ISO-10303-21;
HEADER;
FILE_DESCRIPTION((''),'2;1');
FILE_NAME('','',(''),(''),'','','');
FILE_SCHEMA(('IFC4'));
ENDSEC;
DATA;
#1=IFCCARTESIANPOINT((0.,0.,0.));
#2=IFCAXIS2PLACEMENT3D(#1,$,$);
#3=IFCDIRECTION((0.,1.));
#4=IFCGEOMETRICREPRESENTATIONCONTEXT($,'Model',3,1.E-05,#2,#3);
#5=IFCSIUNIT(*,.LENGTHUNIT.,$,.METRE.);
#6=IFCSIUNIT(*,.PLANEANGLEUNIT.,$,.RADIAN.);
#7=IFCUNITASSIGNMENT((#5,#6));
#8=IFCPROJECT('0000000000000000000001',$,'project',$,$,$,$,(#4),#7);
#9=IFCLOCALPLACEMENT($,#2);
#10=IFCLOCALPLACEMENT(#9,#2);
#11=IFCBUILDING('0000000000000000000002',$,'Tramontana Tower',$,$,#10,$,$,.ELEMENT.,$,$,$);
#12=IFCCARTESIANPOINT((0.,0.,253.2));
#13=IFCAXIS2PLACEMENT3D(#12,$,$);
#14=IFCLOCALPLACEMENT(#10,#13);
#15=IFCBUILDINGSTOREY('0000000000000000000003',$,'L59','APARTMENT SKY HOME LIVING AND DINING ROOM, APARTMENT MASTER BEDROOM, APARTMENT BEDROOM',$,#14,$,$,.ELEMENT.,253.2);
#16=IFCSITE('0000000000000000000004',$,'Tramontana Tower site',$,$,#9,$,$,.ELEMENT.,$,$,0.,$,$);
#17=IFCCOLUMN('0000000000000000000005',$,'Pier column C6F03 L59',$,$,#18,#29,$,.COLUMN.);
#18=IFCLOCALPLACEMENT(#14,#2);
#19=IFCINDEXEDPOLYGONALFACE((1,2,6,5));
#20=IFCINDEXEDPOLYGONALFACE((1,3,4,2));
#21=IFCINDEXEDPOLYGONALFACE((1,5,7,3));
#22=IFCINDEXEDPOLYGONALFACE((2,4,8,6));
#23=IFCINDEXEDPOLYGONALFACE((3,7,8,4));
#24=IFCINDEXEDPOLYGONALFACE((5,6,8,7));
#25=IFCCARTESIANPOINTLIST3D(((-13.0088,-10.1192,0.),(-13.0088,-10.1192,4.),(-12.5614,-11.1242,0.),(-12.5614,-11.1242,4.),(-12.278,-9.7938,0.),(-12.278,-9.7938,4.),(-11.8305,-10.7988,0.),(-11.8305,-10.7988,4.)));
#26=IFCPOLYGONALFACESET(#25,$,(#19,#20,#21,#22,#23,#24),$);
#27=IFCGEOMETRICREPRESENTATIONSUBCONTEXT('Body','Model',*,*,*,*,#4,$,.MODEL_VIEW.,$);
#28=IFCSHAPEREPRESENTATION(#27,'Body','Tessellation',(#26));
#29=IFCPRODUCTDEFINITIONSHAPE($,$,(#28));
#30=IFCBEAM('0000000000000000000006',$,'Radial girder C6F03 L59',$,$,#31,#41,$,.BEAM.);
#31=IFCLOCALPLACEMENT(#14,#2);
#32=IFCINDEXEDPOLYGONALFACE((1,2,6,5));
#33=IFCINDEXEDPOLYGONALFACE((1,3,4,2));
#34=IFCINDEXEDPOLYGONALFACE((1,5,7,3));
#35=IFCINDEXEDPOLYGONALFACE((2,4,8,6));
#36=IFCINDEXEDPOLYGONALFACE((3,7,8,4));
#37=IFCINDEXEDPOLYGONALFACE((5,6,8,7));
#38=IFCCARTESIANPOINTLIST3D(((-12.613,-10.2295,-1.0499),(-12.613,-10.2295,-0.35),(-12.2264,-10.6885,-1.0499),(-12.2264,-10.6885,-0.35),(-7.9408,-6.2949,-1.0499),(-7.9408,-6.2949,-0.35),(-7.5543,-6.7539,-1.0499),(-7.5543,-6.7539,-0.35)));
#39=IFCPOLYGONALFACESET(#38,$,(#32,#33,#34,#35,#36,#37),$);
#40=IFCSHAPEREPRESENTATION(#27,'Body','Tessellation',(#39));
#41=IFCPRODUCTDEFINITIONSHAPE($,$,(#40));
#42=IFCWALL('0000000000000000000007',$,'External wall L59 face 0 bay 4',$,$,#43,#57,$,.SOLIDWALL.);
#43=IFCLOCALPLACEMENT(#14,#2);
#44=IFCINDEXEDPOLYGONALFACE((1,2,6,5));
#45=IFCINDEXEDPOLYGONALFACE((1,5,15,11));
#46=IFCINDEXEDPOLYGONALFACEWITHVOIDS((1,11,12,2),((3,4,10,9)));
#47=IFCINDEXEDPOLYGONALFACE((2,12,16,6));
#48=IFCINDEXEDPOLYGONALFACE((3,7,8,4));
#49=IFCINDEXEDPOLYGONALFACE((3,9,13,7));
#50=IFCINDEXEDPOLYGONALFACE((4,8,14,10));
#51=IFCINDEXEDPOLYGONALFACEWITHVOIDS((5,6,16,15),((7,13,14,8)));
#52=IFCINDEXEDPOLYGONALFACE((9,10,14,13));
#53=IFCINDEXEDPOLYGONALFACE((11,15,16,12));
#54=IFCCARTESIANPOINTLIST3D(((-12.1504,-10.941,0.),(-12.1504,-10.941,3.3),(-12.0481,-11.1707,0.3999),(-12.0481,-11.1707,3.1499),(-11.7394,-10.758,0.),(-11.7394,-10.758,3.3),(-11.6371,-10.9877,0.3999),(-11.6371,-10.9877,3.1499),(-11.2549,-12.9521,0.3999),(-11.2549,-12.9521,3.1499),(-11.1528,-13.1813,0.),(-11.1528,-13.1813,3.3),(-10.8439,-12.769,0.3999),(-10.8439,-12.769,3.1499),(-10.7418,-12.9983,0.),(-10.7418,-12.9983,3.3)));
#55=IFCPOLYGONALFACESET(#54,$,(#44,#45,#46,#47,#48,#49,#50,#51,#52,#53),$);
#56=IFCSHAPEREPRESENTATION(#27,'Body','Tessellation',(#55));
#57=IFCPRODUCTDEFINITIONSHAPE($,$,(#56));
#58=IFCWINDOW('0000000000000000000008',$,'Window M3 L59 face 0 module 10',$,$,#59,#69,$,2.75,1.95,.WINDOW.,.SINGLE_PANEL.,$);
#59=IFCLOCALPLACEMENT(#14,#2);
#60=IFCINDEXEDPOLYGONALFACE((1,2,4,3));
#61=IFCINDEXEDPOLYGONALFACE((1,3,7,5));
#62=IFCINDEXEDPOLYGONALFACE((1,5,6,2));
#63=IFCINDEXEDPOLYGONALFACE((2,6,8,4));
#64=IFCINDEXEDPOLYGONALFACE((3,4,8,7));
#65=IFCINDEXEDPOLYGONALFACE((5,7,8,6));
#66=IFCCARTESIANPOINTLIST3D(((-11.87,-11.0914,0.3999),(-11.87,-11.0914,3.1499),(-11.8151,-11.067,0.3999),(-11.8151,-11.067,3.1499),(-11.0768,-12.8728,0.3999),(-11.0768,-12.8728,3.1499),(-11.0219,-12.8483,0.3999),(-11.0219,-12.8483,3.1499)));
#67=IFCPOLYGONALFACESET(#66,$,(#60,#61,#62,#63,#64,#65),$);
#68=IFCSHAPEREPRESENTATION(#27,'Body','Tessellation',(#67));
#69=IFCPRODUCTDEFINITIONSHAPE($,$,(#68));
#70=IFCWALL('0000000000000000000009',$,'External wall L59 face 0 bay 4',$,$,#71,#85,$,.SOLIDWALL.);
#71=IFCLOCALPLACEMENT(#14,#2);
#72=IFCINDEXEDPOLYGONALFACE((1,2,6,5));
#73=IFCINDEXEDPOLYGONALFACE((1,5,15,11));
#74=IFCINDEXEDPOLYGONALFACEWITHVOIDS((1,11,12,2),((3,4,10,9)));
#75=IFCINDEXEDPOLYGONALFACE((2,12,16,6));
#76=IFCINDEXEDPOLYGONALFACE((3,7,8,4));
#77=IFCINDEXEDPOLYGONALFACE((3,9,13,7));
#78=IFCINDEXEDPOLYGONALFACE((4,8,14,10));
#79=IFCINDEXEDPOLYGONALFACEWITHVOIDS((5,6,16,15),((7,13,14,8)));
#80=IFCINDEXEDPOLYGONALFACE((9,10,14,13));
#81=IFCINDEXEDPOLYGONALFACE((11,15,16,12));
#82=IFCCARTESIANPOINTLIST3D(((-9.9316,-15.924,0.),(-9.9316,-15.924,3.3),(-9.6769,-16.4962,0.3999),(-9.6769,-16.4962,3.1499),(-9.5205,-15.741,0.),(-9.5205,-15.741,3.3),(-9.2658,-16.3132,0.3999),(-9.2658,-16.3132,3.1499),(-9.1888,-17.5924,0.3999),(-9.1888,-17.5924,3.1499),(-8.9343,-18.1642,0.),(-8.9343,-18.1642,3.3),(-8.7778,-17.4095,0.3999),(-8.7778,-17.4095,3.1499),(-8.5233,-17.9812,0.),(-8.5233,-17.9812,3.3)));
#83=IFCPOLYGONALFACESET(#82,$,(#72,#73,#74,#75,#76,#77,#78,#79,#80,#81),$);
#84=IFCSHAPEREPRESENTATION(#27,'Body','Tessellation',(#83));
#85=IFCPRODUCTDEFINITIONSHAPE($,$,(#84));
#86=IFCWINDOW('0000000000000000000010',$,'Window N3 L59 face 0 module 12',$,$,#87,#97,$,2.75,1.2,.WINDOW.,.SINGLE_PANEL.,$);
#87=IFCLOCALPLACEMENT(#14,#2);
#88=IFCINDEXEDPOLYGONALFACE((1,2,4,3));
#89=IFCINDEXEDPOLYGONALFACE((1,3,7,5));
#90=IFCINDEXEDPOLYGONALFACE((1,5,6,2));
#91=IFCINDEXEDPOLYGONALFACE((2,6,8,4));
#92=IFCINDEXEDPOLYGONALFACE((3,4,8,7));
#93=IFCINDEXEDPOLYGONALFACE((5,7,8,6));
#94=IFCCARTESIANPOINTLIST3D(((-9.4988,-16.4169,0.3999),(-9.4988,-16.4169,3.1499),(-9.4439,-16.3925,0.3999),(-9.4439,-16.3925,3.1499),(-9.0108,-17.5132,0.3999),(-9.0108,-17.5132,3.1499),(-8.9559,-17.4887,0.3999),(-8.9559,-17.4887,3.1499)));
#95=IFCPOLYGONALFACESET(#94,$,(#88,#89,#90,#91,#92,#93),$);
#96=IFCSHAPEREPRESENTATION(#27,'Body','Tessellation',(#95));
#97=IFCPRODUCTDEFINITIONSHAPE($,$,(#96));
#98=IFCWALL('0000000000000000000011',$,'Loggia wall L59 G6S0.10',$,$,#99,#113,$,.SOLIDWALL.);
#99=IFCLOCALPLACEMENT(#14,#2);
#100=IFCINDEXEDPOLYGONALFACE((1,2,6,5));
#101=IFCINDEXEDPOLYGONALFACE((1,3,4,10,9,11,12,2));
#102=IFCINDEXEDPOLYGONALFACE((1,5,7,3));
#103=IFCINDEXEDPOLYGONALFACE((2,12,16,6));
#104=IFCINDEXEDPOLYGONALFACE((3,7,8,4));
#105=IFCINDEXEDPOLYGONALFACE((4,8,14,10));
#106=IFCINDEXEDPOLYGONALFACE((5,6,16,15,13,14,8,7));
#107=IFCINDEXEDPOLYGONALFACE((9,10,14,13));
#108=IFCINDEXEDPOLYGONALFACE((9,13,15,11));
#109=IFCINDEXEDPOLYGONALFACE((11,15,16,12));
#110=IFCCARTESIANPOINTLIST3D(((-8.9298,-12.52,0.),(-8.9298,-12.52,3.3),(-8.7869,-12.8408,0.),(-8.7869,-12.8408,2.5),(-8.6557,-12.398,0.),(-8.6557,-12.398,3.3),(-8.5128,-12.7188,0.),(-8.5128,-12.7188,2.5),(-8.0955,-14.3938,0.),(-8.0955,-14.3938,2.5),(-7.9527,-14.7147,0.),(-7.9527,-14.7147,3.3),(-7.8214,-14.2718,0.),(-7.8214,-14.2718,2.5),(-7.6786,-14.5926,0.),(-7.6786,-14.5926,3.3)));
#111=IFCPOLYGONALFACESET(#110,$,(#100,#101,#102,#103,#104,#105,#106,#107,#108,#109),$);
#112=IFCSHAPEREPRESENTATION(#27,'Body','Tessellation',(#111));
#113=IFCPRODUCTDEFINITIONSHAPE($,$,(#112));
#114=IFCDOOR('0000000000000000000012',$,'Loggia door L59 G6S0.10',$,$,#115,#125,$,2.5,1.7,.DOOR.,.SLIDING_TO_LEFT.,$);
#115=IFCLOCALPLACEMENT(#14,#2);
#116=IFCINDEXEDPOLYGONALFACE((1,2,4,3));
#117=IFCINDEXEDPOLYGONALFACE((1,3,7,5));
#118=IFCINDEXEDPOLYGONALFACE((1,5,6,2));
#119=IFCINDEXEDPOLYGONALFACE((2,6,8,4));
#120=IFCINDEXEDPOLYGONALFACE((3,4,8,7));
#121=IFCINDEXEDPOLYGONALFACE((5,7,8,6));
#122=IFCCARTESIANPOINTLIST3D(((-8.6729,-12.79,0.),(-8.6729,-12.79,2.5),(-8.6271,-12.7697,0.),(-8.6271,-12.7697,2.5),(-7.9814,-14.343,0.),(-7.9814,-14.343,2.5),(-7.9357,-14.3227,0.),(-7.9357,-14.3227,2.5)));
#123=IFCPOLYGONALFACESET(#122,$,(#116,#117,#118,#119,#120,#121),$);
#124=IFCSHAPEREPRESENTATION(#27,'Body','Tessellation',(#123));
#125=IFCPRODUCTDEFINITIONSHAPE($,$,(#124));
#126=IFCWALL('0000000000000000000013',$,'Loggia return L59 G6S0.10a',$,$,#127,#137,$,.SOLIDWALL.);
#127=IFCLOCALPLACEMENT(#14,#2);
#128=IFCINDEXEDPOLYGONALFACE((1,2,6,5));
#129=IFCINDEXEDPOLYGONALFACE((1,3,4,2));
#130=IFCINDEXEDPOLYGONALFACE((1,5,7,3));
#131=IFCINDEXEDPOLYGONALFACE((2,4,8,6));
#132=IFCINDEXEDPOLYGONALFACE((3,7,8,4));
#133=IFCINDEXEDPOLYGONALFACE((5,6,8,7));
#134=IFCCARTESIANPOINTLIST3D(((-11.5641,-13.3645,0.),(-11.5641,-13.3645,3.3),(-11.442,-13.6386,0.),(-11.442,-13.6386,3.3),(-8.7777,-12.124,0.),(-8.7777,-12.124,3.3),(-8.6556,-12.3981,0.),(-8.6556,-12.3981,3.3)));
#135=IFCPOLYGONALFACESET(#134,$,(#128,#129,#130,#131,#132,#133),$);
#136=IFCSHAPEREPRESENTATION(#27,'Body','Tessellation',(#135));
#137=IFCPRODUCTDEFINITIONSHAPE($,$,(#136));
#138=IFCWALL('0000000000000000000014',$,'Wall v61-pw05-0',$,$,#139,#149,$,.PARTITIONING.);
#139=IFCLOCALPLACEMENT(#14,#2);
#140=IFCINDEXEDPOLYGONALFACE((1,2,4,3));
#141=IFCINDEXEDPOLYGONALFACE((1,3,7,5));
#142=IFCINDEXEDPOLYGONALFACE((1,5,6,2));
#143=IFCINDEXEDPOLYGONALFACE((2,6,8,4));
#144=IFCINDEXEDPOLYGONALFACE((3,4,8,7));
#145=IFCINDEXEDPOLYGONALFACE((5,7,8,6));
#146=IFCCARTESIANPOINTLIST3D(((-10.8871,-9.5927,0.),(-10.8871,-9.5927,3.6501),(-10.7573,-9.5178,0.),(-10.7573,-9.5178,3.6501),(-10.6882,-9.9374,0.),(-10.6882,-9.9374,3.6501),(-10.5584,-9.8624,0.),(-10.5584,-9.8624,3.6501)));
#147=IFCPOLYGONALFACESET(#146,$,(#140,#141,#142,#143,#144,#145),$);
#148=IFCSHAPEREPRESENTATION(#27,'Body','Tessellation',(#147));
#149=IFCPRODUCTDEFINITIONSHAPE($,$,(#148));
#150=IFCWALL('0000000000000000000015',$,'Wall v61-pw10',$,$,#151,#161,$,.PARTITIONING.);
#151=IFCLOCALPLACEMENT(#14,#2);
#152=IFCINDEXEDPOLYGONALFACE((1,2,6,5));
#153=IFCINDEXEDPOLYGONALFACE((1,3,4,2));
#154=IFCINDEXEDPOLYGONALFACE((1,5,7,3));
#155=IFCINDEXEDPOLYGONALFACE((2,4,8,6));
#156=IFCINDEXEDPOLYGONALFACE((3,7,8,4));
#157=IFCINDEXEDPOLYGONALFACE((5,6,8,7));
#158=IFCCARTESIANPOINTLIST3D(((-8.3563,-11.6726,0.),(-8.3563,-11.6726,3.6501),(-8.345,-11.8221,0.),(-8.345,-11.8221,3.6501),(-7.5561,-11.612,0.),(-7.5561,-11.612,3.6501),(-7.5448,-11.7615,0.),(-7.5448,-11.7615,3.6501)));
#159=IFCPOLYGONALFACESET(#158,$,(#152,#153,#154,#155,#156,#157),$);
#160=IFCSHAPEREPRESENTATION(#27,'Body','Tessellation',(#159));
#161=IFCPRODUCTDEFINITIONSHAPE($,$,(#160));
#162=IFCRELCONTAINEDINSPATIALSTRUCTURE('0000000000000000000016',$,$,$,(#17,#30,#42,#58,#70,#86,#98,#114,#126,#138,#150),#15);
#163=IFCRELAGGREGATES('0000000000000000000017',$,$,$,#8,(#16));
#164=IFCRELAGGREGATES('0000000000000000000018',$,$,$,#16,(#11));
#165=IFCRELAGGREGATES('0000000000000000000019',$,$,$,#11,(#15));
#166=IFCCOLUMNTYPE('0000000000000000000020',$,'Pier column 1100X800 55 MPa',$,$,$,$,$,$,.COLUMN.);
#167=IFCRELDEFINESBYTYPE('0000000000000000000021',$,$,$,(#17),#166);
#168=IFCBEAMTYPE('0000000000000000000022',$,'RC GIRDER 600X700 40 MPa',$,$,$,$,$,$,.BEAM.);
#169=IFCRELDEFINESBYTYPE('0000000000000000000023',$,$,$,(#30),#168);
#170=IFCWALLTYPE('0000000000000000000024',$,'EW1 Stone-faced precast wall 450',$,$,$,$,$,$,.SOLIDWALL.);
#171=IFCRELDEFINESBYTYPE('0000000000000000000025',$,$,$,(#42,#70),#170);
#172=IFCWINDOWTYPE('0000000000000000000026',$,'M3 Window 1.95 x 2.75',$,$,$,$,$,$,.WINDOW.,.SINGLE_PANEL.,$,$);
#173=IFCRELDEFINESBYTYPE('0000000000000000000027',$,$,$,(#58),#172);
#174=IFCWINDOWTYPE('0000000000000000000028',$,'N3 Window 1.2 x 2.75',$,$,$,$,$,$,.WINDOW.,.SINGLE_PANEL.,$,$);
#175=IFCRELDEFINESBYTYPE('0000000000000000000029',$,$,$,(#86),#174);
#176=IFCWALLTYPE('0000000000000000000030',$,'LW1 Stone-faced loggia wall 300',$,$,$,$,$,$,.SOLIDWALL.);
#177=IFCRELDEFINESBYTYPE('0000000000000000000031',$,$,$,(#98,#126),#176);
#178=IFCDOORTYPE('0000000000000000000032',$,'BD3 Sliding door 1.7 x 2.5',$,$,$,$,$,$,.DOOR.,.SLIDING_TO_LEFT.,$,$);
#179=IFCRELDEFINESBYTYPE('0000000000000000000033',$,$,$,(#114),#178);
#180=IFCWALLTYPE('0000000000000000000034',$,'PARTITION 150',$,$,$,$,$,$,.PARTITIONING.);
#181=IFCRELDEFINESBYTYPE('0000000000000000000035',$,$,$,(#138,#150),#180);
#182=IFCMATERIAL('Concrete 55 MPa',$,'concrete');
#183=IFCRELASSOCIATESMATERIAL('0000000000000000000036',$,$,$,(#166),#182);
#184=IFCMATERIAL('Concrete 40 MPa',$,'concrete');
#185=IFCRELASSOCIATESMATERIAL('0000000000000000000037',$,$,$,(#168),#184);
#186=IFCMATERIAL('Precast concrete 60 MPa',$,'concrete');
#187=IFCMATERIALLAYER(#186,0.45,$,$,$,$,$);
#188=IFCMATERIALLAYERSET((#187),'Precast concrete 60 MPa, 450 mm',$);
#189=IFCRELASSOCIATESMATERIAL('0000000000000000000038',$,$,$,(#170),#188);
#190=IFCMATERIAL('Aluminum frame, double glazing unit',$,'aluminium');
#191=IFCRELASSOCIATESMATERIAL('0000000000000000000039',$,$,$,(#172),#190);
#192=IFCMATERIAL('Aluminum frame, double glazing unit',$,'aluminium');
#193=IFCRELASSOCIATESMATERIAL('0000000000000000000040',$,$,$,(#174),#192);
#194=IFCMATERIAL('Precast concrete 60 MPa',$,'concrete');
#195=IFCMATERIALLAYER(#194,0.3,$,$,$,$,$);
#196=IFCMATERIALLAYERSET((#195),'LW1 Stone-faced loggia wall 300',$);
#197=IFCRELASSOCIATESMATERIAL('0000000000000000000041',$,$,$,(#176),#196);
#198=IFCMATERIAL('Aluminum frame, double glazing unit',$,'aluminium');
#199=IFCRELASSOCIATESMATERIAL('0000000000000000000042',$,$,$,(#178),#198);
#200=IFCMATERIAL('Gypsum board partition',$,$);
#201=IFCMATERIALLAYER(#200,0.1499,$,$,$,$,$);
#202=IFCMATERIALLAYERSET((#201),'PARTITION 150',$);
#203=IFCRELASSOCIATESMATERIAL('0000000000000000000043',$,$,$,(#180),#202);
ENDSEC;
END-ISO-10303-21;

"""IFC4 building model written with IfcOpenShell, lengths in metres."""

from ifc_helpers import new_model, si_unit, direction, frame, frame_2d, origin, origin_2d, place, context, subcontext, project, spatial, rectangle, extrude, material, layer, layer_set, material_profile, profile_set, type_object, element, fill, save


model = new_model("IFC4")

# Units and contexts
model_context = context("Model", 3, precision=1e-05, world=origin(), true_north=direction((0.0, 1.0)))
body_context = subcontext(model_context, "Body", "Model", "MODEL_VIEW")
ifc_project = project(units=[si_unit("LENGTHUNIT", "METRE"), si_unit("PLANEANGLEUNIT", "RADIAN")], contexts=[model_context])

# Site, building, storey
site_placement = place(None, origin())
site = spatial("IfcSite", under=ifc_project, at=site_placement, Name="Tramontana Tower site", CompositionType="ELEMENT", RefElevation=0.0)
building_placement = place(site_placement, origin())
building = spatial("IfcBuilding", under=site, at=building_placement, Name="Tramontana Tower", CompositionType="ELEMENT")
storey_placement = place(building_placement, frame((0.0, 0.0, 253.2)))
storey = spatial("IfcBuildingStorey", under=building, at=storey_placement, Name="L59", Description="APARTMENT SKY HOME LIVING AND DINING ROOM, APARTMENT MASTER BEDROOM, APARTMENT BEDROOM", CompositionType="ELEMENT", Elevation=253.2)

# Column
ifc_material_1 = material(Name="Concrete 55 MPa", Category="concrete")
ifc_material_profile_1 = material_profile(ifc_material_1, rectangle(XDim=1.1001, YDim=0.8, at=origin_2d()), Name="Pier column 1100X800 55 MPa")
ifc_profile_set_1 = profile_set([ifc_material_profile_1], Name="Concrete 55 MPa")
column_type = type_object("IfcColumnType", Name="Pier column 1100X800 55 MPa", PredefinedType="COLUMN", material=ifc_profile_set_1)
column_placement = place(storey_placement, frame((-12.4197, -10.459, 0.0), z_axis=(0.0, 0.0, 1.0), x_axis=(0.406737, -0.913545, 0.0)))
element("IfcColumn", 1, at=column_placement, inside=storey, type_object=column_type, Name="Pier column C6F03 L59", PredefinedType="COLUMN", context=body_context, shape_type="SweptSolid", body=[
    extrude(rectangle(XDim=1.1001, YDim=0.8, at=origin_2d()), origin(), (0.0, 0.0, 1.0), 4.0),
])

# Beam
ifc_material_2 = material(Name="Concrete 40 MPa", Category="concrete")
ifc_material_profile_2 = material_profile(ifc_material_2, rectangle(XDim=0.6001, YDim=0.7, at=origin_2d()), Name="RC GIRDER 600X700 40 MPa")
ifc_profile_set_2 = profile_set([ifc_material_profile_2], Name="Concrete 40 MPa")
beam_type = type_object("IfcBeamType", Name="RC GIRDER 600X700 40 MPa", PredefinedType="BEAM", material=ifc_profile_set_2)
beam_placement = place(storey_placement, frame((-12.4197, -10.459, -0.7), z_axis=(0.764899, 0.644151, 0.0), x_axis=(-0.644151, 0.764899, 0.0)))
element("IfcBeam", 2, at=beam_placement, inside=storey, type_object=beam_type, Name="Radial girder C6F03 L59", PredefinedType="BEAM", context=body_context, shape_type="SweptSolid", body=[
    extrude(rectangle(XDim=0.6001, YDim=0.7, at=origin_2d()), origin(), (0.0, 0.0, 1.0), 6.1082),
])

# Walls, openings, windows
ifc_material_3 = material(Name="Precast concrete 60 MPa", Category="concrete")
ifc_layer_1 = layer(ifc_material_3, 0.45)
ifc_layer_set_1 = layer_set([ifc_layer_1], Name="Precast concrete 60 MPa, 450 mm")
wall_type_1 = type_object("IfcWallType", Name="EW1 Stone-faced precast wall 450", PredefinedType="SOLIDWALL", material=ifc_layer_set_1)
wall_1_placement = place(storey_placement, frame((-11.9448, -10.8496, 0.0), z_axis=(0.0, 0.0, 1.0), x_axis=(0.406785, -0.913524, 0.0)))
wall_1 = element("IfcWall", 3, at=wall_1_placement, inside=storey, type_object=wall_type_1, Name="External wall L59 face 0 bay 4", PredefinedType="SOLIDWALL", context=body_context, shape_type="SweptSolid", body=[
    extrude(rectangle(XDim=2.4524, YDim=0.45, at=frame_2d((1.2261, 0.0))), origin(), (0.0, 0.0, 1.0), 3.3),
])
opening_1_placement = place(wall_1_placement, frame((0.2512, 0.0, 0.3999)))
opening_1 = element("IfcOpeningElement", 4, at=opening_1_placement, cuts=wall_1, PredefinedType="OPENING", context=body_context, shape_type="SweptSolid", body=[
    extrude(rectangle(XDim=1.95, YDim=2.75, at=frame_2d((0.9751, 1.375))), frame((0.0, 0.2349, 0.0), z_axis=(0.0, -1.0, 0.0), x_axis=(1.0, 0.0, 0.0)), (0.0, 0.0, 1.0), 0.47),
])
ifc_material_4 = material(Name="Aluminum frame, double glazing unit", Category="aluminium")
window_type_1 = type_object("IfcWindowType", Name="M3 Window 1.95 x 2.75", PartitioningType="SINGLE_PANEL", PredefinedType="WINDOW", material=ifc_material_4)
window_1_placement = place(opening_1_placement, origin())
window_1 = element("IfcWindow", 5, at=window_1_placement, inside=storey, type_object=window_type_1, Name="Window M3 L59 face 0 module 10", OverallHeight=2.75, OverallWidth=1.95, PartitioningType="SINGLE_PANEL", PredefinedType="WINDOW", context=body_context, shape_type="SweptSolid", body=[
    extrude(rectangle(XDim=1.95, YDim=2.75, at=frame_2d((0.9751, 1.375))), frame((0.0, 0.03, 0.0), z_axis=(0.0, -1.0, 0.0), x_axis=(1.0, 0.0, 0.0)), (0.0, 0.0, 1.0), 0.0601),
])
fill(opening_1, window_1)
wall_2_placement = place(storey_placement, frame((-9.7261, -15.8325, 0.0), z_axis=(0.0, 0.0, 1.0), x_axis=(0.406702, -0.913561, 0.0)))
wall_2 = element("IfcWall", 6, at=wall_2_placement, inside=storey, type_object=wall_type_1, Name="External wall L59 face 0 bay 4", PredefinedType="SOLIDWALL", context=body_context, shape_type="SweptSolid", body=[
    extrude(rectangle(XDim=2.4521, YDim=0.45, at=frame_2d((1.2261, 0.0))), origin(), (0.0, 0.0, 1.0), 3.3),
])
opening_2_placement = place(wall_2_placement, frame((0.6262, 0.0, 0.3999)))
opening_2 = element("IfcOpeningElement", 7, at=opening_2_placement, cuts=wall_2, PredefinedType="OPENING", context=body_context, shape_type="SweptSolid", body=[
    extrude(rectangle(XDim=1.2, YDim=2.75, at=frame_2d((0.6001, 1.375))), frame((0.0, 0.2349, 0.0), z_axis=(0.0, -1.0, 0.0), x_axis=(1.0, 0.0, 0.0)), (0.0, 0.0, 1.0), 0.47),
])
ifc_material_5 = material(Name="Aluminum frame, double glazing unit", Category="aluminium")
window_type_2 = type_object("IfcWindowType", Name="N3 Window 1.2 x 2.75", PartitioningType="SINGLE_PANEL", PredefinedType="WINDOW", material=ifc_material_5)
window_2_placement = place(opening_2_placement, origin())
window_2 = element("IfcWindow", 8, at=window_2_placement, inside=storey, type_object=window_type_2, Name="Window N3 L59 face 0 module 12", OverallHeight=2.75, OverallWidth=1.2, PartitioningType="SINGLE_PANEL", PredefinedType="WINDOW", context=body_context, shape_type="SweptSolid", body=[
    extrude(rectangle(XDim=1.2, YDim=2.75, at=frame_2d((0.6001, 1.375))), frame((0.0, 0.03, 0.0), z_axis=(0.0, -1.0, 0.0), x_axis=(1.0, 0.0, 0.0)), (0.0, 0.0, 1.0), 0.0601),
])
fill(opening_2, window_2)

# Wall, opening, door
ifc_material_6 = material(Name="Precast concrete 60 MPa", Category="concrete")
ifc_layer_2 = layer(ifc_material_6, 0.3)
ifc_layer_set_2 = layer_set([ifc_layer_2], Name="LW1 Stone-faced loggia wall 300")
wall_type_2 = type_object("IfcWallType", Name="LW1 Stone-faced loggia wall 300", PredefinedType="SOLIDWALL", material=ifc_layer_set_2)
wall_3_placement = place(storey_placement, frame((-8.7927, -12.459, 0.0), z_axis=(0.0, 0.0, 1.0), x_axis=(0.406723, -0.913552, 0.0)))
wall_3 = element("IfcWall", 9, at=wall_3_placement, inside=storey, type_object=wall_type_2, Name="Loggia wall L59 G6S0.10", PredefinedType="SOLIDWALL", context=body_context, shape_type="SweptSolid", body=[
    extrude(rectangle(XDim=2.4023, YDim=0.3, at=frame_2d((1.2012, 0.0))), origin(), (0.0, 0.0, 1.0), 3.3),
])
opening_3_placement = place(wall_3_placement, frame((0.3511, 0.0, 0.0)))
opening_3 = element("IfcOpeningElement", 10, at=opening_3_placement, cuts=wall_3, PredefinedType="OPENING", context=body_context, shape_type="SweptSolid", body=[
    extrude(rectangle(XDim=1.7, YDim=2.5, at=frame_2d((0.8501, 1.25))), frame((0.0, 0.1599, 0.0), z_axis=(0.0, -1.0, 0.0), x_axis=(1.0, 0.0, 0.0)), (0.0, 0.0, 1.0), 0.3201),
])
ifc_material_7 = material(Name="Aluminum frame, double glazing unit", Category="aluminium")
door_type_1 = type_object("IfcDoorType", Name="BD3 Sliding door 1.7 x 2.5", OperationType="SLIDING_TO_LEFT", PredefinedType="DOOR", material=ifc_material_7)
door_1_placement = place(opening_3_placement, origin())
door_1 = element("IfcDoor", 11, at=door_1_placement, inside=storey, type_object=door_type_1, Name="Loggia door L59 G6S0.10", OperationType="SLIDING_TO_LEFT", OverallHeight=2.5, OverallWidth=1.7, PredefinedType="DOOR", context=body_context, shape_type="SweptSolid", body=[
    extrude(rectangle(XDim=1.7, YDim=2.5, at=frame_2d((0.8501, 1.25))), frame((0.0, 0.0249, 0.0), z_axis=(0.0, -1.0, 0.0), x_axis=(1.0, 0.0, 0.0)), (0.0, 0.0, 1.0), 0.05),
])
fill(opening_3, door_1)

# Wall
wall_4_placement = place(storey_placement, frame((-11.5029, -13.5015, 0.0), z_axis=(0.0, 0.0, 1.0), x_axis=(0.913557, 0.40671, 0.0)))
element("IfcWall", 12, at=wall_4_placement, inside=storey, type_object=wall_type_2, Name="Loggia return L59 G6S0.10a", PredefinedType="SOLIDWALL", context=body_context, shape_type="SweptSolid", body=[
    extrude(rectangle(XDim=3.05, YDim=0.3, at=frame_2d((1.5249, 0.0))), origin(), (0.0, 0.0, 1.0), 3.3),
])

# Shared definitions
ifc_material_8 = material(Name="Gypsum board partition")
ifc_layer_3 = layer(ifc_material_8, 0.1499)
ifc_layer_set_3 = layer_set([ifc_layer_3], Name="PARTITION 150")
wall_type_3 = type_object("IfcWallType", Name="PARTITION 150", PredefinedType="PARTITIONING", material=ifc_layer_set_3)

# Walls
wall_5_placement = place(storey_placement, frame((-10.6233, -9.8999, 0.0), z_axis=(0.0, 0.0, 1.0), x_axis=(-0.499899, 0.866083, 0.0)))
element("IfcWall", 13, at=wall_5_placement, inside=storey, type_object=wall_type_3, Name="Wall v61-pw05-0", PredefinedType="PARTITIONING", context=body_context, shape_type="SweptSolid", body=[
    extrude(rectangle(XDim=0.3979, YDim=0.1499, at=frame_2d((0.199, 0.0))), origin(), (0.0, 0.0, 1.0), 3.6501),
])
wall_6_placement = place(storey_placement, frame((-7.5503, -11.6868, 0.0), z_axis=(0.0, 0.0, 1.0), x_axis=(-0.99715, -0.07544, 0.0)))
element("IfcWall", 14, at=wall_6_placement, inside=storey, type_object=wall_type_3, Name="Wall v61-pw10", PredefinedType="PARTITIONING", context=body_context, shape_type="SweptSolid", body=[
    extrude(rectangle(XDim=0.8025, YDim=0.1499, at=frame_2d((0.4014, 0.0))), origin(), (0.0, 0.0, 1.0), 3.6501),
])

save(model, "model.ifc")
